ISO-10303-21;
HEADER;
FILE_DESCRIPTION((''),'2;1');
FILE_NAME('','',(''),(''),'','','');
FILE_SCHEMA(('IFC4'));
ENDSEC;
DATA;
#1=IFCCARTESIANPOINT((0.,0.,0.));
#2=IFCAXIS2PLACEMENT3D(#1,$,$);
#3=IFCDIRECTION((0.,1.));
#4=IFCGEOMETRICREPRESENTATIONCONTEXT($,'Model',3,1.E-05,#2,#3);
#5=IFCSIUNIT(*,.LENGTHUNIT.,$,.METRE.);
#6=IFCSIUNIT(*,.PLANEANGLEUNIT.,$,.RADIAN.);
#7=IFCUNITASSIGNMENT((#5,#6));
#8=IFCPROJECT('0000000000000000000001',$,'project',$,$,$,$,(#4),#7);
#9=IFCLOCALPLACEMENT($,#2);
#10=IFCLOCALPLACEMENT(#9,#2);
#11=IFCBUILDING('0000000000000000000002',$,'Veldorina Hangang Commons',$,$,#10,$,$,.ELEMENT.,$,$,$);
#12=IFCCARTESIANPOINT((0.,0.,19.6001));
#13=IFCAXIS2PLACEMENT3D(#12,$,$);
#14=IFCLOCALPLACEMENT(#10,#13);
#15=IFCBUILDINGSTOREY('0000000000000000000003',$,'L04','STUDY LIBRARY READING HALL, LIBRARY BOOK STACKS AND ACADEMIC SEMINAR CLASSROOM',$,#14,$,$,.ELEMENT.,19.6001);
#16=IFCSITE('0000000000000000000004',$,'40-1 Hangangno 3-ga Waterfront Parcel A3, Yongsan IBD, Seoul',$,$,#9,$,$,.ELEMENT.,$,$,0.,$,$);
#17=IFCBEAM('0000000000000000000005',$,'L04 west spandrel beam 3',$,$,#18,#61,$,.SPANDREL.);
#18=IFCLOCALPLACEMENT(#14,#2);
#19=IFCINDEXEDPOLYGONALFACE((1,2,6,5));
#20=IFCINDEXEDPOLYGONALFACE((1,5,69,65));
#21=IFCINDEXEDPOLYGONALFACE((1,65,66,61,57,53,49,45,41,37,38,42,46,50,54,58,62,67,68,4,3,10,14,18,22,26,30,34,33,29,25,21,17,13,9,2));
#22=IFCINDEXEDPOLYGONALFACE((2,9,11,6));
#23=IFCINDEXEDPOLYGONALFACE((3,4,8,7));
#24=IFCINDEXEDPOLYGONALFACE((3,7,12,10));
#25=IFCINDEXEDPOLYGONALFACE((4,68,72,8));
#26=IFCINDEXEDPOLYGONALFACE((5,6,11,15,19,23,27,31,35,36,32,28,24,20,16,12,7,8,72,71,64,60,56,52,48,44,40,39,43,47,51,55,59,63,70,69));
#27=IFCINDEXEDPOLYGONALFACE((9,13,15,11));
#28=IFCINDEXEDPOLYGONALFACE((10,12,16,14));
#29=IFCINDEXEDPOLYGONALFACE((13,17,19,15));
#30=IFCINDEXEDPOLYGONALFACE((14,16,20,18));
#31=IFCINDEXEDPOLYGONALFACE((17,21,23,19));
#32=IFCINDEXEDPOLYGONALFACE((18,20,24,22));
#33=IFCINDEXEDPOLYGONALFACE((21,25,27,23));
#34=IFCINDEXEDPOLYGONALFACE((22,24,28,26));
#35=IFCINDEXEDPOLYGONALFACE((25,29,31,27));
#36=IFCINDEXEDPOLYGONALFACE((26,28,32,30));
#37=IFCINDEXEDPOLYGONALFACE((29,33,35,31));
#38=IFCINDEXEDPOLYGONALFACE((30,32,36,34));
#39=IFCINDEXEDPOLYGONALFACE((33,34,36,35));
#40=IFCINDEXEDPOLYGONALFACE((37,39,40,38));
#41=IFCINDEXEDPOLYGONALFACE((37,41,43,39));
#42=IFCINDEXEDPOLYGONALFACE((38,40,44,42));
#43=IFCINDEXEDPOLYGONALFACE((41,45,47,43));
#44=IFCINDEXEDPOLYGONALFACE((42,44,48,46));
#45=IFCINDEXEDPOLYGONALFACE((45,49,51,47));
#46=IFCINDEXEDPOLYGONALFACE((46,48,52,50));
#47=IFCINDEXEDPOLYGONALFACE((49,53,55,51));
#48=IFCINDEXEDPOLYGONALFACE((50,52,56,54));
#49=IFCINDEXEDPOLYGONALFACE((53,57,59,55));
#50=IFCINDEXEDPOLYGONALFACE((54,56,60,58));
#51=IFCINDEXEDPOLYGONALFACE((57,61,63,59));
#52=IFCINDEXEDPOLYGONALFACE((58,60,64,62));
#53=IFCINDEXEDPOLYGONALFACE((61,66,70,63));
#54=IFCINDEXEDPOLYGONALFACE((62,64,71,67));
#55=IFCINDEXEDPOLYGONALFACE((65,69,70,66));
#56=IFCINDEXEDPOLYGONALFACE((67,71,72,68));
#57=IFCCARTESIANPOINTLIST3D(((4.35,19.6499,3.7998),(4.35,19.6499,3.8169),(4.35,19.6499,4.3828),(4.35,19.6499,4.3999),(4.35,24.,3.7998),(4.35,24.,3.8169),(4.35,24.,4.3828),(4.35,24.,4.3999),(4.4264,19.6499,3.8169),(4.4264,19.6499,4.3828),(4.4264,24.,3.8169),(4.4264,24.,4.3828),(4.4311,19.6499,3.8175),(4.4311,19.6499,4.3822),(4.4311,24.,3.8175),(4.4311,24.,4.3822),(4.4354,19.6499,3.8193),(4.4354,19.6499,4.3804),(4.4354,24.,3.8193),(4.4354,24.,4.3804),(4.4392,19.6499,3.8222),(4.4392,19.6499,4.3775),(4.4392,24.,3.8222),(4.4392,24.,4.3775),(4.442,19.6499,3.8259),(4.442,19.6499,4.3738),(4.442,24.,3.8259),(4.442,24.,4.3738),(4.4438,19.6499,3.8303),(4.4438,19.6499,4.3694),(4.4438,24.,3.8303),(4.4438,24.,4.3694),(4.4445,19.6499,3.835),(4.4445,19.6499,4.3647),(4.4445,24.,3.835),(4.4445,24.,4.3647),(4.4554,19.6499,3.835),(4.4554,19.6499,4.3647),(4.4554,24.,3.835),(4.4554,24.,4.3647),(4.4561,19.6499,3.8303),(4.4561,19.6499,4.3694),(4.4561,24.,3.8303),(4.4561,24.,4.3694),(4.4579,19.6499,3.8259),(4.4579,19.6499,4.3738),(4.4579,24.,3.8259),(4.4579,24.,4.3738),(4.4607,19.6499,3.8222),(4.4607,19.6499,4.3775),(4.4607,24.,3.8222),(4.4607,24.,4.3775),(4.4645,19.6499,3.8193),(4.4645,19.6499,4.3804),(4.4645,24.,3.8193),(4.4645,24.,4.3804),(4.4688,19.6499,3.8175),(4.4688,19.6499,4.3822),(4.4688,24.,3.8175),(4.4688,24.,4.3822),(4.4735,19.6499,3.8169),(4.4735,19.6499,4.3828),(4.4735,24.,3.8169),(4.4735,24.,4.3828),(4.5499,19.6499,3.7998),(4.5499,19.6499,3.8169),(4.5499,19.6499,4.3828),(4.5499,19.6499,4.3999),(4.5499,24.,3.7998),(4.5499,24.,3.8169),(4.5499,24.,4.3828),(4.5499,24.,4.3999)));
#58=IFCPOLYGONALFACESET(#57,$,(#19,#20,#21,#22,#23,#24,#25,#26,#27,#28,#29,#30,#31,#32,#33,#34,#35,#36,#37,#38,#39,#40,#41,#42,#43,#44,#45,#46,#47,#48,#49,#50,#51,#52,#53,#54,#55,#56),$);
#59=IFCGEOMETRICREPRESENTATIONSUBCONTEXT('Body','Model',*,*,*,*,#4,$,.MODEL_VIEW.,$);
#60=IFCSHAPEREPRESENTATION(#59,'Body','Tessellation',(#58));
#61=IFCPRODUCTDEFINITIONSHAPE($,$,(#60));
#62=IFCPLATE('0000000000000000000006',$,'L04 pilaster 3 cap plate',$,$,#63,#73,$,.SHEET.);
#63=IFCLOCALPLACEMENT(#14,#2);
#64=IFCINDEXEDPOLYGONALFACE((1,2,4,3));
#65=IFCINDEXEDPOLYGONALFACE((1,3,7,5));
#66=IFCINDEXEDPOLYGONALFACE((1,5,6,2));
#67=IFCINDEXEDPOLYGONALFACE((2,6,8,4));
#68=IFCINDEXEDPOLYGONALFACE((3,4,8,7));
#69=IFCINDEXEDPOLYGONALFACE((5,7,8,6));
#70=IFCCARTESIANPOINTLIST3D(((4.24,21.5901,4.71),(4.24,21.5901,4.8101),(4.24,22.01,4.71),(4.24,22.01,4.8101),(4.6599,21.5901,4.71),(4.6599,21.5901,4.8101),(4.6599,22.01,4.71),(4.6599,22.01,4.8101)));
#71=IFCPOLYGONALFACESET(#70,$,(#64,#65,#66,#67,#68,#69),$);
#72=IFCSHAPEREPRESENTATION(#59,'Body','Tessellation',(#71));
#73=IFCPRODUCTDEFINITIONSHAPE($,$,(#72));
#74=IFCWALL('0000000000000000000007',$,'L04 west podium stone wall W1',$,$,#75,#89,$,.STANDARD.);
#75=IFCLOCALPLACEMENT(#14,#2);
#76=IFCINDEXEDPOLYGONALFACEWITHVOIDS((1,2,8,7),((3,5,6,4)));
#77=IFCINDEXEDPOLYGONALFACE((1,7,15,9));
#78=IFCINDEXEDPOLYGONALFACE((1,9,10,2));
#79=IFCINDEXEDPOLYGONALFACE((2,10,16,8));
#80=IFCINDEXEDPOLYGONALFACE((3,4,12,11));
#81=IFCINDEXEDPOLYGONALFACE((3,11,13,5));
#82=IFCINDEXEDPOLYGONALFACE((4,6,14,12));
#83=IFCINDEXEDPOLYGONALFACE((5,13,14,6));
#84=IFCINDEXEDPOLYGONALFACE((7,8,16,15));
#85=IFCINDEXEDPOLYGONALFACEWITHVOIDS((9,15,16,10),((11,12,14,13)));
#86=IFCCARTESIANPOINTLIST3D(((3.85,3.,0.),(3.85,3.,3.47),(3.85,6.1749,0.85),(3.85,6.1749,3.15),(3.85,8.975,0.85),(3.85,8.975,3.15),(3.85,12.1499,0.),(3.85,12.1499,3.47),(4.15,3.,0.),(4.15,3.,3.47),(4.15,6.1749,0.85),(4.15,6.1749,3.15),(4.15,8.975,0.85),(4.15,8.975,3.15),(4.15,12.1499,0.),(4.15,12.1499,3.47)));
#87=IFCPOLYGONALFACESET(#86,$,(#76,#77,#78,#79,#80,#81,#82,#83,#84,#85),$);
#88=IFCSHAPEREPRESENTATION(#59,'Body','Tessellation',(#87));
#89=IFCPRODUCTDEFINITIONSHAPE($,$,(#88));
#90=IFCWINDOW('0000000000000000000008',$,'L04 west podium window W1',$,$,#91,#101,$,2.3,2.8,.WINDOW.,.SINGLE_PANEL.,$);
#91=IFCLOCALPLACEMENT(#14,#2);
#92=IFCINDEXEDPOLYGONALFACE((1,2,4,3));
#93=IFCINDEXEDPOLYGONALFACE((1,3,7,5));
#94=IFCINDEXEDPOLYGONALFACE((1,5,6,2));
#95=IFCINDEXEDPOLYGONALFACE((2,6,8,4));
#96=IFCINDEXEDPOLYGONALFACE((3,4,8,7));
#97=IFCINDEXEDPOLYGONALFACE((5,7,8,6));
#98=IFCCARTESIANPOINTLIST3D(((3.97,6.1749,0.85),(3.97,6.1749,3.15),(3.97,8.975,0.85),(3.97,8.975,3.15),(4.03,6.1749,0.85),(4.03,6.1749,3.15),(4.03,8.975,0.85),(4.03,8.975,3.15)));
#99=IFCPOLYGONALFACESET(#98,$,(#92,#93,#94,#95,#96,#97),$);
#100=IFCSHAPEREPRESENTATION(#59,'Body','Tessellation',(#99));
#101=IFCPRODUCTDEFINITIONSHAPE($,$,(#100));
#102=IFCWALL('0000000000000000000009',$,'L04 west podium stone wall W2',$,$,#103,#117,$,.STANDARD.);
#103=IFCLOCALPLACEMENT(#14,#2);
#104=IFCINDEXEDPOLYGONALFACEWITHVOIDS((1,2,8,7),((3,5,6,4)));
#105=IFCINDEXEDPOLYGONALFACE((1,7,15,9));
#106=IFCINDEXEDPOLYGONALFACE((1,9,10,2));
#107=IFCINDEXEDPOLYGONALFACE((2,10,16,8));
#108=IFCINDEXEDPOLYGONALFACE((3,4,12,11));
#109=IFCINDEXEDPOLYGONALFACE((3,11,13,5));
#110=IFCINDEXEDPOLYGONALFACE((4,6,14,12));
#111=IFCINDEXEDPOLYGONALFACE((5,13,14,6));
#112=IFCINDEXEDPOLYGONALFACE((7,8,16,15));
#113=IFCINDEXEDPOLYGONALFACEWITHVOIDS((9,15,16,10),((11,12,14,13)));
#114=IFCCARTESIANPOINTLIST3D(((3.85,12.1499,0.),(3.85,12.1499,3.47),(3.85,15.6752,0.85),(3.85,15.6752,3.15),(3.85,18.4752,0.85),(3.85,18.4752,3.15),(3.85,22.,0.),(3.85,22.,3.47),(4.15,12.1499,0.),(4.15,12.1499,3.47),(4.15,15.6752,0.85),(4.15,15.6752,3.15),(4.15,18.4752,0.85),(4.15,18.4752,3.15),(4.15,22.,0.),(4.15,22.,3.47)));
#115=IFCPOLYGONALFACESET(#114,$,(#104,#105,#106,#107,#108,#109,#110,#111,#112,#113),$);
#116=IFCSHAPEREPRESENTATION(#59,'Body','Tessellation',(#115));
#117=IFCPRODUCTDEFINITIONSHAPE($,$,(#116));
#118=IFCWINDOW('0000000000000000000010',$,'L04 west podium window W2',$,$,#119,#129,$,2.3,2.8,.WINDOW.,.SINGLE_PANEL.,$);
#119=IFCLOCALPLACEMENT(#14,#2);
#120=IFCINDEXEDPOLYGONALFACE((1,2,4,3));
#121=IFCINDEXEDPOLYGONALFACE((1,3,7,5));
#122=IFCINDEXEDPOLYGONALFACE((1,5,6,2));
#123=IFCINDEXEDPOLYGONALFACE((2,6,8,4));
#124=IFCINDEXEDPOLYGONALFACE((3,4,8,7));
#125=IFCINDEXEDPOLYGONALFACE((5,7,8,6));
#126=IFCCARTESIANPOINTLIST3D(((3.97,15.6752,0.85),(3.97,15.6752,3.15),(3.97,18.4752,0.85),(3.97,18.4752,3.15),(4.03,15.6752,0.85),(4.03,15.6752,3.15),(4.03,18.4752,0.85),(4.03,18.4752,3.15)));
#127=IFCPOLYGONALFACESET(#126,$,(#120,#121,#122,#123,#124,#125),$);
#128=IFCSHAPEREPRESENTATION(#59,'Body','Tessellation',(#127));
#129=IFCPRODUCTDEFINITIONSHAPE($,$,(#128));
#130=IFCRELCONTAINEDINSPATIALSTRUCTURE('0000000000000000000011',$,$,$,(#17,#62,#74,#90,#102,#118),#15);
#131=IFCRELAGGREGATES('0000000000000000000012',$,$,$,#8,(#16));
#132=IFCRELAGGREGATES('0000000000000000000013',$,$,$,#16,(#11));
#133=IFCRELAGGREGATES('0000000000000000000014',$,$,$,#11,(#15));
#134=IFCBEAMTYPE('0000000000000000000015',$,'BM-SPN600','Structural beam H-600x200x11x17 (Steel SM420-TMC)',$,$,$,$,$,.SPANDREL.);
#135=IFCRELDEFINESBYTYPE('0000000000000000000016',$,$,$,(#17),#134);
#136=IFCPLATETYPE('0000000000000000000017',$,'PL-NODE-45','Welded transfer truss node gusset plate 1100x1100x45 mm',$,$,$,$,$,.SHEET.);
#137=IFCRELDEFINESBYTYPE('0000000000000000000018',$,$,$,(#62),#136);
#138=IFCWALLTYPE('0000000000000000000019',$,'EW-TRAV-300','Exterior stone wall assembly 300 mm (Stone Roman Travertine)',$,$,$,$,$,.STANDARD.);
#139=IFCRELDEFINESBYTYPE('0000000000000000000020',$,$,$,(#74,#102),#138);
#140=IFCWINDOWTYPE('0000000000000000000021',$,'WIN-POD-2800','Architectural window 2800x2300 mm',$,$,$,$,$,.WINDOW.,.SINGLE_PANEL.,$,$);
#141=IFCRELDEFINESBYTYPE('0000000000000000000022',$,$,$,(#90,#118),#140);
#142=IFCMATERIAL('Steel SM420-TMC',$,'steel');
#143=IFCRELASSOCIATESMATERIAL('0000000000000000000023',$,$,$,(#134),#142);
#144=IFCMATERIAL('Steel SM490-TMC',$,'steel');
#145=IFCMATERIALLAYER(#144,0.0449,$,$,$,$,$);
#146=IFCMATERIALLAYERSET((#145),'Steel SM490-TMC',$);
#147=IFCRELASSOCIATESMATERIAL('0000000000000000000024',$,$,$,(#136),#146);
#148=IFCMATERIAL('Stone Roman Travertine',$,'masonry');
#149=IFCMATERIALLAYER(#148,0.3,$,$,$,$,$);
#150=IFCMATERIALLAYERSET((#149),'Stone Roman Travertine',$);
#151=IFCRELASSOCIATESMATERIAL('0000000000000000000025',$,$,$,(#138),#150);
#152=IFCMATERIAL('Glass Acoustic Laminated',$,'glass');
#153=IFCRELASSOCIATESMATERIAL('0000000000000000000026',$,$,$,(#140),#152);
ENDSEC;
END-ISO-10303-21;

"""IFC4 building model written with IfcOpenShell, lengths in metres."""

from ifc_helpers import new_model, si_unit, direction, frame, frame_2d, origin, origin_2d, place, context, subcontext, project, spatial, rectangle, i_section, extrude, material, layer, layer_set, material_profile, profile_set, type_object, element, fill, save


model = new_model("IFC4")

# Units and contexts
model_context = context("Model", 3, precision=1e-05, world=origin(), true_north=direction((0.0, 1.0)))
body_context = subcontext(model_context, "Body", "Model", "MODEL_VIEW")
ifc_project = project(units=[si_unit("LENGTHUNIT", "METRE"), si_unit("PLANEANGLEUNIT", "RADIAN")], contexts=[model_context])

# Site, building, storey
site_placement = place(None, origin())
site = spatial("IfcSite", under=ifc_project, at=site_placement, Name="40-1 Hangangno 3-ga Waterfront Parcel A3, Yongsan IBD, Seoul", CompositionType="ELEMENT", RefElevation=0.0)
building_placement = place(site_placement, origin())
building = spatial("IfcBuilding", under=site, at=building_placement, Name="Veldorina Hangang Commons", CompositionType="ELEMENT")
storey_placement = place(building_placement, frame((0.0, 0.0, 19.6001)))
storey = spatial("IfcBuildingStorey", under=building, at=storey_placement, Name="L04", Description="STUDY LIBRARY READING HALL, LIBRARY BOOK STACKS AND ACADEMIC SEMINAR CLASSROOM", CompositionType="ELEMENT", Elevation=19.6001)

# Shared definitions
ifc_material_1 = material(Name="Steel SM420-TMC", Category="steel")
ifc_material_2 = material(Name="Steel SM490-TMC", Category="steel")

# Beam
ifc_material_profile_1 = material_profile(ifc_material_1, i_section(OverallWidth=0.2, OverallDepth=0.6001, WebThickness=0.011, FlangeThickness=0.0171, FilletRadius=0.0181, at=origin_2d()), Name="H-600x200x11x17")
ifc_profile_set_1 = profile_set([ifc_material_profile_1], Name="Steel SM420-TMC")
beam_type_1 = type_object("IfcBeamType", Name="BM-SPN600", Description="Structural beam H-600x200x11x17 (Steel SM420-TMC)", PredefinedType="SPANDREL", material=ifc_profile_set_1)
beam_1_placement = place(storey_placement, frame((4.45, 19.6499, 4.0999), z_axis=(0.0, 1.0, 0.0), x_axis=(-1.0, 0.0, 0.0)))
element("IfcBeam", 1, at=beam_1_placement, inside=storey, type_object=beam_type_1, Name="L04 west spandrel beam 3", PredefinedType="SPANDREL", context=body_context, shape_type="SweptSolid", body=[
    extrude(i_section(OverallWidth=0.2, OverallDepth=0.6001, WebThickness=0.011, FlangeThickness=0.0171, FilletRadius=0.0181, at=origin_2d()), origin(), (0.0, 0.0, 1.0), 4.3501),
])

# Plate
ifc_layer_1 = layer(ifc_material_2, 0.0449)
ifc_layer_set_1 = layer_set([ifc_layer_1], Name="Steel SM490-TMC")
plate_type = type_object("IfcPlateType", Name="PL-NODE-45", Description="Welded transfer truss node gusset plate 1100x1100x45 mm", PredefinedType="SHEET", material=ifc_layer_set_1)
plate_placement = place(storey_placement, frame((4.45, 21.8, 4.71), z_axis=(0.0, 0.0, 1.0), x_axis=(1.0, 0.0, 0.0)))
element("IfcPlate", 2, at=plate_placement, inside=storey, type_object=plate_type, Name="L04 pilaster 3 cap plate", PredefinedType="SHEET", context=body_context, shape_type="SweptSolid", body=[
    extrude(rectangle(XDim=0.4199, YDim=0.4199, at=origin_2d()), origin(), (0.0, 0.0, 1.0), 0.1001),
])

# Walls, openings, windows
ifc_material_3 = material(Name="Stone Roman Travertine", Category="masonry")
ifc_layer_2 = layer(ifc_material_3, 0.3)
ifc_layer_set_2 = layer_set([ifc_layer_2], Name="Stone Roman Travertine")
wall_type_1 = type_object("IfcWallType", Name="EW-TRAV-300", Description="Exterior stone wall assembly 300 mm (Stone Roman Travertine)", PredefinedType="STANDARD", material=ifc_layer_set_2)
wall_1_placement = place(storey_placement, frame((4.0, 12.1499, 0.0), z_axis=(0.0, 0.0, 1.0), x_axis=(0.0, -1.0, 0.0)))
wall_1 = element("IfcWall", 3, at=wall_1_placement, inside=storey, type_object=wall_type_1, Name="L04 west podium stone wall W1", PredefinedType="STANDARD", context=body_context, shape_type="SweptSolid", body=[
    extrude(rectangle(XDim=9.1499, YDim=0.3, at=frame_2d((4.575, 0.0))), origin(), (0.0, 0.0, 1.0), 3.47),
])
opening_1_placement = place(wall_1_placement, frame((3.175, 0.0, 0.8501)))
opening_1 = element("IfcOpeningElement", 4, at=opening_1_placement, cuts=wall_1, PredefinedType="OPENING", context=body_context, shape_type="SweptSolid", body=[
    extrude(rectangle(XDim=2.8, YDim=2.3, at=frame_2d((1.3999, 1.1499))), frame((0.0, 0.1602, 0.0), z_axis=(0.0, -1.0, 0.0), x_axis=(1.0, 0.0, 0.0)), (0.0, 0.0, 1.0), 0.3201),
])
ifc_material_4 = material(Name="Glass Acoustic Laminated", Category="glass")
window_type = type_object("IfcWindowType", Name="WIN-POD-2800", Description="Architectural window 2800x2300 mm", PartitioningType="SINGLE_PANEL", PredefinedType="WINDOW", material=ifc_material_4)
window_1_placement = place(opening_1_placement, origin())
window_1 = element("IfcWindow", 5, at=window_1_placement, inside=storey, type_object=window_type, Name="L04 west podium window W1", OverallHeight=2.3, OverallWidth=2.8, PartitioningType="SINGLE_PANEL", PredefinedType="WINDOW", context=body_context, shape_type="SweptSolid", body=[
    extrude(rectangle(XDim=2.8, YDim=2.3, at=frame_2d((1.3999, 1.1499))), frame((0.0, 0.03, 0.0), z_axis=(0.0, -1.0, 0.0), x_axis=(1.0, 0.0, 0.0)), (0.0, 0.0, 1.0), 0.0601),
])
fill(opening_1, window_1)
wall_2_placement = place(storey_placement, frame((4.0, 22.0, 0.0), z_axis=(0.0, 0.0, 1.0), x_axis=(0.0, -1.0, 0.0)))
wall_2 = element("IfcWall", 6, at=wall_2_placement, inside=storey, type_object=wall_type_1, Name="L04 west podium stone wall W2", PredefinedType="STANDARD", context=body_context, shape_type="SweptSolid", body=[
    extrude(rectangle(XDim=9.8501, YDim=0.3, at=frame_2d((4.925, 0.0))), origin(), (0.0, 0.0, 1.0), 3.47),
])
opening_2_placement = place(wall_2_placement, frame((3.5249, 0.0, 0.8501)))
opening_2 = element("IfcOpeningElement", 7, at=opening_2_placement, cuts=wall_2, PredefinedType="OPENING", context=body_context, shape_type="SweptSolid", body=[
    extrude(rectangle(XDim=2.8, YDim=2.3, at=frame_2d((1.3999, 1.1499))), frame((0.0, 0.1602, 0.0), z_axis=(0.0, -1.0, 0.0), x_axis=(1.0, 0.0, 0.0)), (0.0, 0.0, 1.0), 0.3201),
])
window_2_placement = place(opening_2_placement, origin())
window_2 = element("IfcWindow", 8, at=window_2_placement, inside=storey, type_object=window_type, Name="L04 west podium window W2", OverallHeight=2.3, OverallWidth=2.8, PartitioningType="SINGLE_PANEL", PredefinedType="WINDOW", context=body_context, shape_type="SweptSolid", body=[
    extrude(rectangle(XDim=2.8, YDim=2.3, at=frame_2d((1.3999, 1.1499))), frame((0.0, 0.03, 0.0), z_axis=(0.0, -1.0, 0.0), x_axis=(1.0, 0.0, 0.0)), (0.0, 0.0, 1.0), 0.0601),
])
fill(opening_2, window_2)

save(model, "model.ifc")
